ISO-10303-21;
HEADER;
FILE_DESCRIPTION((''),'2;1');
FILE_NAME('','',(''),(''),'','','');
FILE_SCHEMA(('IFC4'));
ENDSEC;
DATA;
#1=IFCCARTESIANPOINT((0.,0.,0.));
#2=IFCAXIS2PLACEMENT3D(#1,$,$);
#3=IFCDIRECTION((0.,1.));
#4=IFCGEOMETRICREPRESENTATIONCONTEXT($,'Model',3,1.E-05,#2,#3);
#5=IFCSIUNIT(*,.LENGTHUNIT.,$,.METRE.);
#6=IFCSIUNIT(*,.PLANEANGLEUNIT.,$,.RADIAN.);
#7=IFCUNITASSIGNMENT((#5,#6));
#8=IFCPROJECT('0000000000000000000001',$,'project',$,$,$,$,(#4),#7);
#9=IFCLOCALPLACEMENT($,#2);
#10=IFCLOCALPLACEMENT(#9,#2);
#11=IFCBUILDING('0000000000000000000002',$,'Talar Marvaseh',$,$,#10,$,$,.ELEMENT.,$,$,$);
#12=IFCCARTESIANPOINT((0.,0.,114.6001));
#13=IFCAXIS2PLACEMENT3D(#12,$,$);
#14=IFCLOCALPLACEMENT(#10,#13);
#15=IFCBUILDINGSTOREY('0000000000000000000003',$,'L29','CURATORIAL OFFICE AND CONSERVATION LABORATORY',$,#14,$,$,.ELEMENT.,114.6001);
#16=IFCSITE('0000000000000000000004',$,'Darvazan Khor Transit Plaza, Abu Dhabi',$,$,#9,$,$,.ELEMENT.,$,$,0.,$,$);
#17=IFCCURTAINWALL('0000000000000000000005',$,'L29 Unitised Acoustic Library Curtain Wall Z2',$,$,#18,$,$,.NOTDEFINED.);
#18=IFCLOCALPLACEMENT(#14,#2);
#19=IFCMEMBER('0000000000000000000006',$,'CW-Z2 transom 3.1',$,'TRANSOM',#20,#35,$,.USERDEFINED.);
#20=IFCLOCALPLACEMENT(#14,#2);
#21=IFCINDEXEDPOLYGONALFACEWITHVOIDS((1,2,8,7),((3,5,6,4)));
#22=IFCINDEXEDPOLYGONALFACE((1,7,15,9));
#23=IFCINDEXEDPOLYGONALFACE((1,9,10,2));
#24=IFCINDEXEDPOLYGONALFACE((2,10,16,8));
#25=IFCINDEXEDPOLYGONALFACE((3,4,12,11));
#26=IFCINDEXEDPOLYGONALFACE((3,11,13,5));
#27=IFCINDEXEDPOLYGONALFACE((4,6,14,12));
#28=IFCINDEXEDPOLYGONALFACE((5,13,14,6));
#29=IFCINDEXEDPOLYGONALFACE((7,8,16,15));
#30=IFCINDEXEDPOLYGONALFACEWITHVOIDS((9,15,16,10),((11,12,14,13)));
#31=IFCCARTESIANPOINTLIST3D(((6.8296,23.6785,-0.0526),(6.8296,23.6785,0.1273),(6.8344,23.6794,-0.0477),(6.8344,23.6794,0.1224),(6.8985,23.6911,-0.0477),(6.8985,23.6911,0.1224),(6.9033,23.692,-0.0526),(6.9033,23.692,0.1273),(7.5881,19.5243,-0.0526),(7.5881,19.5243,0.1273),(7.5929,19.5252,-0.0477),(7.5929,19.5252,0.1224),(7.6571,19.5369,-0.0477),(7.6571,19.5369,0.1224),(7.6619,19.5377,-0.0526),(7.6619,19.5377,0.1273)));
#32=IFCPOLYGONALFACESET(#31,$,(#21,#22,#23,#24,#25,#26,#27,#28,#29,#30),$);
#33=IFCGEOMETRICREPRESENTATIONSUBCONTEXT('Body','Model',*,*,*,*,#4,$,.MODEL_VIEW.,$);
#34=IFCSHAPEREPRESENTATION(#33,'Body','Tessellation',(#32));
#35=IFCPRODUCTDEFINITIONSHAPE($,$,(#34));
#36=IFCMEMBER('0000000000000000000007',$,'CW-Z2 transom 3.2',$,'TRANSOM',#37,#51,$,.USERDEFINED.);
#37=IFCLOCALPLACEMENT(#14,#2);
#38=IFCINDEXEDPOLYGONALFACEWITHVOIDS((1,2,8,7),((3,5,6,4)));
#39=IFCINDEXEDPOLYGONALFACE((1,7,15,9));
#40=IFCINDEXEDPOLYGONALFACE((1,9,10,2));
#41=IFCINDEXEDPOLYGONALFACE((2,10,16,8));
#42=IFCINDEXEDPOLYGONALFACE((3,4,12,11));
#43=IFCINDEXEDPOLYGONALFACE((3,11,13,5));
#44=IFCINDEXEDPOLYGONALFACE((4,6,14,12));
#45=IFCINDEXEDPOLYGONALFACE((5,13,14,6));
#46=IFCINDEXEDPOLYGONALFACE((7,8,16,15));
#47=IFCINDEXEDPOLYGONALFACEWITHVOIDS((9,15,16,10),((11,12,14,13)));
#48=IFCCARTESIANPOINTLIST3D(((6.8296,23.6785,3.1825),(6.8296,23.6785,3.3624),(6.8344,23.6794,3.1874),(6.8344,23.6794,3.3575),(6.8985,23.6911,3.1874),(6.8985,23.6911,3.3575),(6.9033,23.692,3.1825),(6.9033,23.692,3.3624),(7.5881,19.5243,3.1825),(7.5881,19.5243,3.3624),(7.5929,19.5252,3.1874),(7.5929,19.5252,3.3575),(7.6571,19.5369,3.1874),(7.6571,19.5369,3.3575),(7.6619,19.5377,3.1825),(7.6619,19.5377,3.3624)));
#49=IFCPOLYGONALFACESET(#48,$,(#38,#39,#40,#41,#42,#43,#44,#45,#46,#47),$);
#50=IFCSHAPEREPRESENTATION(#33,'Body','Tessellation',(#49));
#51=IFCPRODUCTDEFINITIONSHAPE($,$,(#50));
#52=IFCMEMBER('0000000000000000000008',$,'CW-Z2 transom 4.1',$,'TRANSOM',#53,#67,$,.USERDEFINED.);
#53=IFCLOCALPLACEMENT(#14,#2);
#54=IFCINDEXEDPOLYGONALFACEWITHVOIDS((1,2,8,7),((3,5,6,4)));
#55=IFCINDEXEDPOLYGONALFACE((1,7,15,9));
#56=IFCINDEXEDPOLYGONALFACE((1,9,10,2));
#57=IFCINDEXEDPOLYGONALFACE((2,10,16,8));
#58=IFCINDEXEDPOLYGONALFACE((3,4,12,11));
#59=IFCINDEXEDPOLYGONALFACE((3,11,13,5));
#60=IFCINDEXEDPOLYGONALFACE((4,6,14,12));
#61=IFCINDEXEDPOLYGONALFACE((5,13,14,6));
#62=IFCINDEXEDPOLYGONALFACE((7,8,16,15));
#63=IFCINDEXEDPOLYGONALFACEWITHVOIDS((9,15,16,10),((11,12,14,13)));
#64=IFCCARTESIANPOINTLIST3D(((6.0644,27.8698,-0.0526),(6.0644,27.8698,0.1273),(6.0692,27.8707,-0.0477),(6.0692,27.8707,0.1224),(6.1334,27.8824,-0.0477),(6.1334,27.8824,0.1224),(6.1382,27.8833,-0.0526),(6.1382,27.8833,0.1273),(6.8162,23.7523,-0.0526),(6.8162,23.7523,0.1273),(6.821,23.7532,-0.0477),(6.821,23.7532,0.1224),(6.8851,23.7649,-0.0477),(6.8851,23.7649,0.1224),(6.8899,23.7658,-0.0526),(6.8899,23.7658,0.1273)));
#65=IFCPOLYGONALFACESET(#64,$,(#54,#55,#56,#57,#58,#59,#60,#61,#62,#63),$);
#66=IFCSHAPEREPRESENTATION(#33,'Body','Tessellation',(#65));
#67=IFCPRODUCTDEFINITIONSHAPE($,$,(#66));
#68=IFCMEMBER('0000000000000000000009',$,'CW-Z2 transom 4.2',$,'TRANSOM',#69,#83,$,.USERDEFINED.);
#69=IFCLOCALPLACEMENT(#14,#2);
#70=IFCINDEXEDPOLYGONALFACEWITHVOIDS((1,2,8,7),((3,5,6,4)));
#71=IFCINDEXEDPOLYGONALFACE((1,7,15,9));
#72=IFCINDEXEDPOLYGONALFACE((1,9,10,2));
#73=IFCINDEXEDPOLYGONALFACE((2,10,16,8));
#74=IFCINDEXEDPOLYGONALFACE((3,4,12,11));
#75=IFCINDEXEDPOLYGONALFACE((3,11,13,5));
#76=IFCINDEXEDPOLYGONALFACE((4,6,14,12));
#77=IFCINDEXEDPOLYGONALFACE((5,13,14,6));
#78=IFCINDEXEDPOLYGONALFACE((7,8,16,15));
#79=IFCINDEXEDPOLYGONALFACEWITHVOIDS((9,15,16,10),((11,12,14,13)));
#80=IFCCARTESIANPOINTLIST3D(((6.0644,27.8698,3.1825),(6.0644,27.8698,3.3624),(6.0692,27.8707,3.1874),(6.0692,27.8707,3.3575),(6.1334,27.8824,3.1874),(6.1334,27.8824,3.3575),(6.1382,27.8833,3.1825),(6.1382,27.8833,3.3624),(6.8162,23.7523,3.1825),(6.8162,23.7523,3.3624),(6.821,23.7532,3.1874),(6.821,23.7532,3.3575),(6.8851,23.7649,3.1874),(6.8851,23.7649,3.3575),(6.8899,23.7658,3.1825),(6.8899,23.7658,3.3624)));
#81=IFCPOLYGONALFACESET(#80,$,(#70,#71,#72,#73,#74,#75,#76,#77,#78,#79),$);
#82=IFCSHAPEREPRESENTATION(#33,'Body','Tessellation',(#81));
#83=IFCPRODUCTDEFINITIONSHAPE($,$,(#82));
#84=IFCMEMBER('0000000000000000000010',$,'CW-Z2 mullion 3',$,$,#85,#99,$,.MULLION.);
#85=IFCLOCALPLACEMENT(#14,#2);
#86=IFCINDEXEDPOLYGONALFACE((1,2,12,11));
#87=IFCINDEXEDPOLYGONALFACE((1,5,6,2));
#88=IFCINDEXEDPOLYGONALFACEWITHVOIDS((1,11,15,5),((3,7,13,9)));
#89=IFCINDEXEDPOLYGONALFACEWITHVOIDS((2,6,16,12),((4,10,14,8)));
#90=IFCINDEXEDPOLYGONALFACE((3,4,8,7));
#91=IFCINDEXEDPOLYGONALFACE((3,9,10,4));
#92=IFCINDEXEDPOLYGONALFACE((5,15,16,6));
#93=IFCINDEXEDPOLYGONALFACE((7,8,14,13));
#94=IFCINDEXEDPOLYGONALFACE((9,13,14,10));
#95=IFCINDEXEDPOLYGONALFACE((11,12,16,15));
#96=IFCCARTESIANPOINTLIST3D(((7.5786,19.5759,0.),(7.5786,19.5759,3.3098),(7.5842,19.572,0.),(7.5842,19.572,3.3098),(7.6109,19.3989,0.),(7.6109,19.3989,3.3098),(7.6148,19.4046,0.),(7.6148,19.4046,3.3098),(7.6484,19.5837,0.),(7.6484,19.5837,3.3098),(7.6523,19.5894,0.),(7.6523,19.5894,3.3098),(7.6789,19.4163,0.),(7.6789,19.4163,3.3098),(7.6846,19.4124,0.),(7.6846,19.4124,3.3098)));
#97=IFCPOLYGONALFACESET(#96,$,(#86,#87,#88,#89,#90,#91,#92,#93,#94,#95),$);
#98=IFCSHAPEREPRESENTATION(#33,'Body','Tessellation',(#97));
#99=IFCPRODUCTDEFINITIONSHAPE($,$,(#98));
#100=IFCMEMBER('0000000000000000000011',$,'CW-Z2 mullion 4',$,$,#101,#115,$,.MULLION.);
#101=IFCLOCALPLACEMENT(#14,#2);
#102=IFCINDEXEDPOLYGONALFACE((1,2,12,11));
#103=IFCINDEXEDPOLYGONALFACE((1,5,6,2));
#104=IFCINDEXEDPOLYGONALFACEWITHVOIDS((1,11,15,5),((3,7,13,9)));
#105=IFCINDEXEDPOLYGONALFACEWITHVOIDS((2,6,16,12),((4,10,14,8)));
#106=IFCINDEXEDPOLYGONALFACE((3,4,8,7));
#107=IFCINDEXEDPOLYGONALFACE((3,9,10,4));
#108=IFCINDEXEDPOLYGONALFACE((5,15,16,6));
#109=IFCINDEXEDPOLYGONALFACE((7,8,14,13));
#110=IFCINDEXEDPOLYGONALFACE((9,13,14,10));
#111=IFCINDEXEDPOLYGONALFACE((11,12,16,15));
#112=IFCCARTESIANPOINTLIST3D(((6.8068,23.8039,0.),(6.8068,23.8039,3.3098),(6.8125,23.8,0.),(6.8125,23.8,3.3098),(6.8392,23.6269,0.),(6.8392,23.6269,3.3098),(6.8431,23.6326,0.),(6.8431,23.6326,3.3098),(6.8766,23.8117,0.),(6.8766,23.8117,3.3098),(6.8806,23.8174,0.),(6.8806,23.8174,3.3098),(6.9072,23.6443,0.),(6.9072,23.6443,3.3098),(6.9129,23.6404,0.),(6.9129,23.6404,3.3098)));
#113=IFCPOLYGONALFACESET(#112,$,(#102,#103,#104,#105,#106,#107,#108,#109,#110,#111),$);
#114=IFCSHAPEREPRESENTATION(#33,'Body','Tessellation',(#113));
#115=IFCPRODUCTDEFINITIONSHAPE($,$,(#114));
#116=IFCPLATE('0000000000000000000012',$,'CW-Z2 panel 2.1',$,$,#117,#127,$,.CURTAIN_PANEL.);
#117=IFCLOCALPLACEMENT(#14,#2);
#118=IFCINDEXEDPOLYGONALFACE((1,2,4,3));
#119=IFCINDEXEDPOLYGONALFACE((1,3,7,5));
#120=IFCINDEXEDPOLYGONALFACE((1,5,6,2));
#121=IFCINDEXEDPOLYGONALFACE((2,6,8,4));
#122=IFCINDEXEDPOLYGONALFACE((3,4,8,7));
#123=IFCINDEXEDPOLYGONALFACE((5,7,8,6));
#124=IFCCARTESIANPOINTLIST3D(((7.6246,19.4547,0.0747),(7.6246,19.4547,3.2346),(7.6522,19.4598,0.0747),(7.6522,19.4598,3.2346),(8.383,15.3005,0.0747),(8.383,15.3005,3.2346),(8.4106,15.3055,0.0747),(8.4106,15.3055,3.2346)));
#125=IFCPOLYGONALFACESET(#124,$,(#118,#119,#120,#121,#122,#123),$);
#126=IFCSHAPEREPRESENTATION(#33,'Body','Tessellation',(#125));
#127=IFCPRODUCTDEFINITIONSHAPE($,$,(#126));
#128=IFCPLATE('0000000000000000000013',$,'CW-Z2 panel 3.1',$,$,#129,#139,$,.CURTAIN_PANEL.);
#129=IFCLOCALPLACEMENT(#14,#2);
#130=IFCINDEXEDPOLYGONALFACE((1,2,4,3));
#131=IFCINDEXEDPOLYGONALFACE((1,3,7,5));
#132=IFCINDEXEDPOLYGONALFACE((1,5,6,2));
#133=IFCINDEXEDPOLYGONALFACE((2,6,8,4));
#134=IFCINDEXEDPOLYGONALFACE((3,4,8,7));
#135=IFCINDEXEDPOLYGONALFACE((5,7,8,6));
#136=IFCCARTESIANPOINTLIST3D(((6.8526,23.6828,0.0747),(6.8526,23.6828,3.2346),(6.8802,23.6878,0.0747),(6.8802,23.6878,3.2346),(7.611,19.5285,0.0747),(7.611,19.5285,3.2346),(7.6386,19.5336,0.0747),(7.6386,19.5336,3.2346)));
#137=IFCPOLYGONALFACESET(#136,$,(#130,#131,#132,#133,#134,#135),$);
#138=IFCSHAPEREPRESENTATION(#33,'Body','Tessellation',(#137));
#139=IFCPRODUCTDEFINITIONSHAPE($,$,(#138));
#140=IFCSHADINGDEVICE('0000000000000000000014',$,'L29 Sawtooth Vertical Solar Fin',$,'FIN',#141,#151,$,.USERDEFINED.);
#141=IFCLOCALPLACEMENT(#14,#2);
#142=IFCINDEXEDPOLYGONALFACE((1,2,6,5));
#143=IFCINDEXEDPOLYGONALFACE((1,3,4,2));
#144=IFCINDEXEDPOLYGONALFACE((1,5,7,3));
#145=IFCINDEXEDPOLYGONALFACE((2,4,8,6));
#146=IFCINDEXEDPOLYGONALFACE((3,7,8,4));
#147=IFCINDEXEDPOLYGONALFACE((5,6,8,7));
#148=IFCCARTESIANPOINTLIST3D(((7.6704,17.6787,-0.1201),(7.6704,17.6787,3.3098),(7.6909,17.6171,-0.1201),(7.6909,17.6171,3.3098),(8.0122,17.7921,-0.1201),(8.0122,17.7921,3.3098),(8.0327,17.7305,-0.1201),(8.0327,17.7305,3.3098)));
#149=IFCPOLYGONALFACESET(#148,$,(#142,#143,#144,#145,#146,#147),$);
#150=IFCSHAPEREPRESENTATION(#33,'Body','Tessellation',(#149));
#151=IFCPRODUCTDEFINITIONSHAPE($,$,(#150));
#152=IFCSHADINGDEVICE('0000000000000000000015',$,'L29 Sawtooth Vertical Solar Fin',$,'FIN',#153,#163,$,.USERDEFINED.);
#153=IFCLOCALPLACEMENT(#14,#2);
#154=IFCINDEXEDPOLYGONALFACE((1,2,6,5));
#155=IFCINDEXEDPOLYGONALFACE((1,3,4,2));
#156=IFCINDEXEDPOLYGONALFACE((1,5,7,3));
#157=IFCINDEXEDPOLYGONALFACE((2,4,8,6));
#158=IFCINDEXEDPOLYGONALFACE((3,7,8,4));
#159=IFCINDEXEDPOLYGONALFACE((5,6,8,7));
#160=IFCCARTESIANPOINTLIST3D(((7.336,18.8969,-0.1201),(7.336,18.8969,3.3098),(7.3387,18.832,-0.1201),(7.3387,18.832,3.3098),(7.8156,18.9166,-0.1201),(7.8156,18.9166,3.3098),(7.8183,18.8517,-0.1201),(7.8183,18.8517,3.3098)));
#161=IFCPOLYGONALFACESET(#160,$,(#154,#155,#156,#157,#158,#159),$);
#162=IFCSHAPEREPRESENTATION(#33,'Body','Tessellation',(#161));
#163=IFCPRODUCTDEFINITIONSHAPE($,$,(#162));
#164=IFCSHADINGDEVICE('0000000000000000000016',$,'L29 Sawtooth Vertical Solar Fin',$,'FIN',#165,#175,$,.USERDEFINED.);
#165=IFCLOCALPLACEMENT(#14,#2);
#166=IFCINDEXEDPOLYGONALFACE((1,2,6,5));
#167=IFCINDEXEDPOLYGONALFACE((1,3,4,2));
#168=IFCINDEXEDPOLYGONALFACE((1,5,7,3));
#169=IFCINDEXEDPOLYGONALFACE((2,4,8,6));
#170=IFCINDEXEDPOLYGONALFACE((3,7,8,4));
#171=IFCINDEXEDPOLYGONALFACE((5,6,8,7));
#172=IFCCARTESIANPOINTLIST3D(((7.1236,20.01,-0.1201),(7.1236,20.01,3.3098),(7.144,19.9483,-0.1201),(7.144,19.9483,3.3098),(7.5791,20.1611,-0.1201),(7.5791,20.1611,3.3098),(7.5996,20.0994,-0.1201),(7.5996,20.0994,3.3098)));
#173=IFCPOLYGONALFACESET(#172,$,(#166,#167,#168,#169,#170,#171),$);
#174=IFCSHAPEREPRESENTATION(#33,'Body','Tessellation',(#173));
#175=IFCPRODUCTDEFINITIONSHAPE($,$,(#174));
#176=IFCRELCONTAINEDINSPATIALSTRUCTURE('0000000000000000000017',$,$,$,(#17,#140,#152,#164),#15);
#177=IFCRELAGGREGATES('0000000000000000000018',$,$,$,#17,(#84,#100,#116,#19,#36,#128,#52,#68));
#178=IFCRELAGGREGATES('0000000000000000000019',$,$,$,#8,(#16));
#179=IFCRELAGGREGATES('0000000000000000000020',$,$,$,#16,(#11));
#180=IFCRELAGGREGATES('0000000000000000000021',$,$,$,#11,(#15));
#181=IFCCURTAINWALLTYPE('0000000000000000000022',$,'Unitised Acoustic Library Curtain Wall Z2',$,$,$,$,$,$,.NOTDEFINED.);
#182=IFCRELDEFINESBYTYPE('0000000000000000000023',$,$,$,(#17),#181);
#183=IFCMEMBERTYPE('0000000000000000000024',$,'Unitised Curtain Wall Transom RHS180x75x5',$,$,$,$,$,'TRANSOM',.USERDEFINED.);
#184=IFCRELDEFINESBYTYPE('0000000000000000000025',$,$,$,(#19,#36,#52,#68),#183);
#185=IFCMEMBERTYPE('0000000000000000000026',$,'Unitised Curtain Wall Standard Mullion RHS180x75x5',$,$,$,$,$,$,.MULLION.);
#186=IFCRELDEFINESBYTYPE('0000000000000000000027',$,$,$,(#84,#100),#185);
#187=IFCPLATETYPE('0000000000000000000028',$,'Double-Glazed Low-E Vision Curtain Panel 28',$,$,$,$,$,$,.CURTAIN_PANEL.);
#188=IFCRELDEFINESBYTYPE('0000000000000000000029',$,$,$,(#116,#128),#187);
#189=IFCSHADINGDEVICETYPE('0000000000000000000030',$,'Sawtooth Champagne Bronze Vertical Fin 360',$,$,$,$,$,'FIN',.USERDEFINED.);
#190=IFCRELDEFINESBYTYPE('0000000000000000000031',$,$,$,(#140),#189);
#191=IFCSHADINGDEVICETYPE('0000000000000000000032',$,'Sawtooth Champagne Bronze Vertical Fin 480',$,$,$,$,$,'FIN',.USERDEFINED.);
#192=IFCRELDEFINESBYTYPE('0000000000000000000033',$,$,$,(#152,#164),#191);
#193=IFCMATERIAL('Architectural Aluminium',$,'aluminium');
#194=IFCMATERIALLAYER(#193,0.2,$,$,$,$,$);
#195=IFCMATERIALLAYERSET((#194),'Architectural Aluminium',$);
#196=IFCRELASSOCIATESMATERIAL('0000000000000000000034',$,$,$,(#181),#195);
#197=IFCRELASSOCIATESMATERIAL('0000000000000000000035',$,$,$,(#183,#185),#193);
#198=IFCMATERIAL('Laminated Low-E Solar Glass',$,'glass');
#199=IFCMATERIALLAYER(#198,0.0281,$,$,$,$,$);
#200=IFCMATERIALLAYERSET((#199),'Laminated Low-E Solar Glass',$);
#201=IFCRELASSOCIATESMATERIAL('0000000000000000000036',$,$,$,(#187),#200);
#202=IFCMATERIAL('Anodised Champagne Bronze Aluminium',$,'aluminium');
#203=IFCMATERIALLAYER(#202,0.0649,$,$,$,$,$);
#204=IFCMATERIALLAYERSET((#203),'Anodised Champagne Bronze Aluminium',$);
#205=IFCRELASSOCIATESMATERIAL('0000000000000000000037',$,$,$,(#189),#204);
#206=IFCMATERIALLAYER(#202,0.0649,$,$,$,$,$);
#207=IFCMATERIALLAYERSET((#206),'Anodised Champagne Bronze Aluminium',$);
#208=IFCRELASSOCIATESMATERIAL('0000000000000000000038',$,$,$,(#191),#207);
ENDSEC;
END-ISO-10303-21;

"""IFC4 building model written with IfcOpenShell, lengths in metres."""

from ifc_helpers import new_model, si_unit, direction, frame, origin, origin_2d, place, context, subcontext, project, spatial, rectangle, hollow_rectangle, extrude, source, transform, mapped, material, layer, layer_set, material_profile, profile_set, type_object, type_shapes, element, aggregate, save


model = new_model("IFC4")

# Units and contexts
model_context = context("Model", 3, precision=1e-05, world=origin(), true_north=direction((0.0, 1.0)))
body_context = subcontext(model_context, "Body", "Model", "MODEL_VIEW")
ifc_project = project(units=[si_unit("LENGTHUNIT", "METRE"), si_unit("PLANEANGLEUNIT", "RADIAN")], contexts=[model_context])

# Site, building, storey
site_placement = place(None, origin())
site = spatial("IfcSite", under=ifc_project, at=site_placement, Name="Darvazan Khor Transit Plaza, Abu Dhabi", CompositionType="ELEMENT", RefElevation=0.0)
building_placement = place(site_placement, origin())
building = spatial("IfcBuilding", under=site, at=building_placement, Name="Talar Marvaseh", CompositionType="ELEMENT")
storey_placement = place(building_placement, frame((0.0, 0.0, 114.6001)))
storey = spatial("IfcBuildingStorey", under=building, at=storey_placement, Name="L29", Description="CURATORIAL OFFICE AND CONSERVATION LABORATORY", CompositionType="ELEMENT", Elevation=114.6001)

# Curtain wall, members, plates
ifc_material_1 = material(Name="Architectural Aluminium", Category="aluminium")
ifc_layer_1 = layer(ifc_material_1, 0.2)
ifc_layer_set_1 = layer_set([ifc_layer_1], Name="Architectural Aluminium")
curtain_wall_type = type_object("IfcCurtainWallType", Name="Unitised Acoustic Library Curtain Wall Z2", PredefinedType="NOTDEFINED", material=ifc_layer_set_1)
curtain_wall_placement = place(storey_placement, origin())
curtain_wall = element("IfcCurtainWall", 1, at=curtain_wall_placement, inside=storey, type_object=curtain_wall_type, Name="L29 Unitised Acoustic Library Curtain Wall Z2", PredefinedType="NOTDEFINED")
ifc_material_profile_1 = material_profile(ifc_material_1, hollow_rectangle(XDim=0.075, YDim=0.1799, WallThickness=0.0049, at=origin_2d()), Name="RHS180x75x5")
ifc_profile_set_1 = profile_set([ifc_material_profile_1], Name="Architectural Aluminium")
member_type_1 = type_object("IfcMemberType", Name="Unitised Curtain Wall Transom RHS180x75x5", ElementType="TRANSOM", PredefinedType="USERDEFINED", material=ifc_profile_set_1)
shared_shape_1 = source(origin(), body_context, "Body", "SweptSolid", [
    extrude(hollow_rectangle(XDim=0.075, YDim=0.1799, WallThickness=0.0049, at=origin_2d()), origin(), (0.0, 0.0, 1.0), 4.2229),
])
member_1_placement = place(storey_placement, frame((7.625, 19.531, 0.0374), z_axis=(-0.179623, 0.983736, 0.0), x_axis=(-0.983736, -0.179623, 0.0)))
member_1 = element("IfcMember", 2, at=member_1_placement, type_object=member_type_1, Name="CW-Z2 transom 3.1", ObjectType="TRANSOM", PredefinedType="USERDEFINED", context=body_context, shape_type="MappedRepresentation", body=[
    mapped(shared_shape_1, transform((0.0, 0.0, 0.0), x_axis=(1.0, 0.0, 0.0), y_axis=(0.0, 1.0, 0.0), z_axis=(0.0, 0.0, 1.0), scale=1.0)),
])
member_2_placement = place(storey_placement, frame((7.625, 19.531, 3.2725), z_axis=(-0.179623, 0.983736, 0.0), x_axis=(-0.983736, -0.179623, 0.0)))
member_2 = element("IfcMember", 3, at=member_2_placement, type_object=member_type_1, Name="CW-Z2 transom 3.2", ObjectType="TRANSOM", PredefinedType="USERDEFINED", context=body_context, shape_type="MappedRepresentation", body=[
    mapped(shared_shape_1, transform((0.0, 0.0, 0.0), x_axis=(1.0, 0.0, 0.0), y_axis=(0.0, 1.0, 0.0), z_axis=(0.0, 0.0, 1.0), scale=1.0)),
])
shared_shape_2 = source(origin(), body_context, "Body", "SweptSolid", [
    extrude(hollow_rectangle(XDim=0.075, YDim=0.1799, WallThickness=0.0049, at=origin_2d()), origin(), (0.0, 0.0, 1.0), 4.1855),
])
type_shapes(member_type_1, [shared_shape_1, shared_shape_2])
member_3_placement = place(storey_placement, frame((6.853, 23.759, 0.0374), z_axis=(-0.179599, 0.98374, 0.0), x_axis=(-0.98374, -0.179599, 0.0)))
member_3 = element("IfcMember", 4, at=member_3_placement, type_object=member_type_1, Name="CW-Z2 transom 4.1", ObjectType="TRANSOM", PredefinedType="USERDEFINED", context=body_context, shape_type="MappedRepresentation", body=[
    mapped(shared_shape_2, transform((0.0, 0.0, 0.0), x_axis=(1.0, 0.0, 0.0), y_axis=(0.0, 1.0, 0.0), z_axis=(0.0, 0.0, 1.0), scale=1.0)),
])
member_4_placement = place(storey_placement, frame((6.853, 23.759, 3.2725), z_axis=(-0.179599, 0.98374, 0.0), x_axis=(-0.98374, -0.179599, 0.0)))
member_4 = element("IfcMember", 5, at=member_4_placement, type_object=member_type_1, Name="CW-Z2 transom 4.2", ObjectType="TRANSOM", PredefinedType="USERDEFINED", context=body_context, shape_type="MappedRepresentation", body=[
    mapped(shared_shape_2, transform((0.0, 0.0, 0.0), x_axis=(1.0, 0.0, 0.0), y_axis=(0.0, 1.0, 0.0), z_axis=(0.0, 0.0, 1.0), scale=1.0)),
])
ifc_material_profile_2 = material_profile(ifc_material_1, hollow_rectangle(XDim=0.075, YDim=0.1799, WallThickness=0.0049, at=origin_2d()), Name="RHS180x75x5")
ifc_profile_set_2 = profile_set([ifc_material_profile_2], Name="Architectural Aluminium")
member_type_2 = type_object("IfcMemberType", Name="Unitised Curtain Wall Standard Mullion RHS180x75x5", PredefinedType="MULLION", material=ifc_profile_set_2)
shared_shape_3 = source(origin(), body_context, "Body", "SweptSolid", [
    extrude(hollow_rectangle(XDim=0.075, YDim=0.1799, WallThickness=0.0049, at=origin_2d()), origin(), (0.0, 0.0, 1.0), 3.3098),
])
type_shapes(member_type_2, [shared_shape_3])
member_5_placement = place(storey_placement, frame((7.6316, 19.4941, 0.0), z_axis=(0.0, 0.0, 1.0), x_axis=(-0.983741, -0.179594, 0.0)))
member_5 = element("IfcMember", 6, at=member_5_placement, type_object=member_type_2, Name="CW-Z2 mullion 3", PredefinedType="MULLION", context=body_context, shape_type="MappedRepresentation", body=[
    mapped(shared_shape_3, transform((0.0, 0.0, 0.0), x_axis=(1.0, 0.0, 0.0), y_axis=(0.0, 1.0, 0.0), z_axis=(0.0, 0.0, 1.0), scale=1.0)),
])
member_6_placement = place(storey_placement, frame((6.8599, 23.7222, 0.0), z_axis=(0.0, 0.0, 1.0), x_axis=(-0.983741, -0.179594, 0.0)))
member_6 = element("IfcMember", 7, at=member_6_placement, type_object=member_type_2, Name="CW-Z2 mullion 4", PredefinedType="MULLION", context=body_context, shape_type="MappedRepresentation", body=[
    mapped(shared_shape_3, transform((0.0, 0.0, 0.0), x_axis=(1.0, 0.0, 0.0), y_axis=(0.0, 1.0, 0.0), z_axis=(0.0, 0.0, 1.0), scale=1.0)),
])
ifc_material_2 = material(Name="Laminated Low-E Solar Glass", Category="glass")
ifc_layer_2 = layer(ifc_material_2, 0.0281)
ifc_layer_set_2 = layer_set([ifc_layer_2], Name="Laminated Low-E Solar Glass")
plate_type = type_object("IfcPlateType", Name="Double-Glazed Low-E Vision Curtain Panel 28", PredefinedType="CURTAIN_PANEL", material=ifc_layer_set_2)
shared_shape_4 = source(origin(), body_context, "Body", "SweptSolid", [
    extrude(rectangle(XDim=4.2229, YDim=0.0281, at=origin_2d()), origin(), (0.0, 0.0, 1.0), 3.1599),
])
type_shapes(plate_type, [shared_shape_4])
plate_1_placement = place(storey_placement, frame((8.0176, 17.3801, 0.0747), z_axis=(0.0, 0.0, 1.0), x_axis=(-0.179594, 0.983741, 0.0)))
plate_1 = element("IfcPlate", 8, at=plate_1_placement, type_object=plate_type, Name="CW-Z2 panel 2.1", PredefinedType="CURTAIN_PANEL", context=body_context, shape_type="MappedRepresentation", body=[
    mapped(shared_shape_4, transform((0.0, 0.0, 0.0), x_axis=(1.0, 0.0, 0.0), y_axis=(0.0, 1.0, 0.0), z_axis=(0.0, 0.0, 1.0), scale=1.0)),
])
plate_2_placement = place(storey_placement, frame((7.2456, 21.6082, 0.0747), z_axis=(0.0, 0.0, 1.0), x_axis=(-0.179594, 0.983741, 0.0)))
plate_2 = element("IfcPlate", 9, at=plate_2_placement, type_object=plate_type, Name="CW-Z2 panel 3.1", PredefinedType="CURTAIN_PANEL", context=body_context, shape_type="MappedRepresentation", body=[
    mapped(shared_shape_4, transform((0.0, 0.0, 0.0), x_axis=(1.0, 0.0, 0.0), y_axis=(0.0, 1.0, 0.0), z_axis=(0.0, 0.0, 1.0), scale=1.0)),
])
aggregate(curtain_wall, [member_5, member_6, plate_1, member_1, member_2, plate_2, member_3, member_4])

# Shading devices
ifc_material_3 = material(Name="Anodised Champagne Bronze Aluminium", Category="aluminium")
ifc_layer_3 = layer(ifc_material_3, 0.0649)
ifc_layer_set_3 = layer_set([ifc_layer_3], Name="Anodised Champagne Bronze Aluminium")
shading_device_type_1 = type_object("IfcShadingDeviceType", Name="Sawtooth Champagne Bronze Vertical Fin 360", ElementType="FIN", PredefinedType="USERDEFINED", material=ifc_layer_set_3)
shared_shape_5 = source(origin(), body_context, "Body", "SweptSolid", [
    extrude(rectangle(XDim=0.3601, YDim=0.0649, at=origin_2d()), origin(), (0.0, 0.0, 1.0), 3.4299),
])
type_shapes(shading_device_type_1, [shared_shape_5])
shading_device_placement = place(storey_placement, frame((7.8516, 17.7046, -0.1201), z_axis=(0.0, 0.0, 1.0), x_axis=(-0.949151, -0.314821, 0.0)))
element("IfcShadingDevice", 10, at=shading_device_placement, inside=storey, type_object=shading_device_type_1, Name="L29 Sawtooth Vertical Solar Fin", ObjectType="FIN", PredefinedType="USERDEFINED", context=body_context, shape_type="MappedRepresentation", body=[
    mapped(shared_shape_5, transform((0.0, 0.0, 0.0), x_axis=(1.0, 0.0, 0.0), y_axis=(0.0, 1.0, 0.0), z_axis=(0.0, 0.0, 1.0), scale=1.0)),
])
ifc_layer_4 = layer(ifc_material_3, 0.0649)
ifc_layer_set_4 = layer_set([ifc_layer_4], Name="Anodised Champagne Bronze Aluminium")
shading_device_type_2 = type_object("IfcShadingDeviceType", Name="Sawtooth Champagne Bronze Vertical Fin 480", ElementType="FIN", PredefinedType="USERDEFINED", material=ifc_layer_set_4)
shared_shape_6 = source(origin(), body_context, "Body", "SweptSolid", [
    extrude(rectangle(XDim=0.48, YDim=0.0649, at=origin_2d()), origin(), (0.0, 0.0, 1.0), 3.4299),
])
type_shapes(shading_device_type_2, [shared_shape_6])
for number, where, z_axis, x_axis, name in (
    (11, (7.5771, 18.8743, -0.1201), (0.0, 0.0, 1.0), (-0.999159, -0.041004, 0.0), "L29 Sawtooth Vertical Solar Fin"),
    (12, (7.3616, 20.0547, -0.1201), (0.0, 0.0, 1.0), (-0.949151, -0.314821, 0.0), "L29 Sawtooth Vertical Solar Fin"),
):
    element("IfcShadingDevice", number, at=place(storey_placement, frame(where, z_axis=z_axis, x_axis=x_axis)), inside=storey, type_object=shading_device_type_2, Name=name, ObjectType="FIN", PredefinedType="USERDEFINED", context=body_context, shape_type="MappedRepresentation", body=[
        mapped(shared_shape_6, transform((0.0, 0.0, 0.0), x_axis=(1.0, 0.0, 0.0), y_axis=(0.0, 1.0, 0.0), z_axis=(0.0, 0.0, 1.0), scale=1.0)),
    ])

save(model, "model.ifc")
